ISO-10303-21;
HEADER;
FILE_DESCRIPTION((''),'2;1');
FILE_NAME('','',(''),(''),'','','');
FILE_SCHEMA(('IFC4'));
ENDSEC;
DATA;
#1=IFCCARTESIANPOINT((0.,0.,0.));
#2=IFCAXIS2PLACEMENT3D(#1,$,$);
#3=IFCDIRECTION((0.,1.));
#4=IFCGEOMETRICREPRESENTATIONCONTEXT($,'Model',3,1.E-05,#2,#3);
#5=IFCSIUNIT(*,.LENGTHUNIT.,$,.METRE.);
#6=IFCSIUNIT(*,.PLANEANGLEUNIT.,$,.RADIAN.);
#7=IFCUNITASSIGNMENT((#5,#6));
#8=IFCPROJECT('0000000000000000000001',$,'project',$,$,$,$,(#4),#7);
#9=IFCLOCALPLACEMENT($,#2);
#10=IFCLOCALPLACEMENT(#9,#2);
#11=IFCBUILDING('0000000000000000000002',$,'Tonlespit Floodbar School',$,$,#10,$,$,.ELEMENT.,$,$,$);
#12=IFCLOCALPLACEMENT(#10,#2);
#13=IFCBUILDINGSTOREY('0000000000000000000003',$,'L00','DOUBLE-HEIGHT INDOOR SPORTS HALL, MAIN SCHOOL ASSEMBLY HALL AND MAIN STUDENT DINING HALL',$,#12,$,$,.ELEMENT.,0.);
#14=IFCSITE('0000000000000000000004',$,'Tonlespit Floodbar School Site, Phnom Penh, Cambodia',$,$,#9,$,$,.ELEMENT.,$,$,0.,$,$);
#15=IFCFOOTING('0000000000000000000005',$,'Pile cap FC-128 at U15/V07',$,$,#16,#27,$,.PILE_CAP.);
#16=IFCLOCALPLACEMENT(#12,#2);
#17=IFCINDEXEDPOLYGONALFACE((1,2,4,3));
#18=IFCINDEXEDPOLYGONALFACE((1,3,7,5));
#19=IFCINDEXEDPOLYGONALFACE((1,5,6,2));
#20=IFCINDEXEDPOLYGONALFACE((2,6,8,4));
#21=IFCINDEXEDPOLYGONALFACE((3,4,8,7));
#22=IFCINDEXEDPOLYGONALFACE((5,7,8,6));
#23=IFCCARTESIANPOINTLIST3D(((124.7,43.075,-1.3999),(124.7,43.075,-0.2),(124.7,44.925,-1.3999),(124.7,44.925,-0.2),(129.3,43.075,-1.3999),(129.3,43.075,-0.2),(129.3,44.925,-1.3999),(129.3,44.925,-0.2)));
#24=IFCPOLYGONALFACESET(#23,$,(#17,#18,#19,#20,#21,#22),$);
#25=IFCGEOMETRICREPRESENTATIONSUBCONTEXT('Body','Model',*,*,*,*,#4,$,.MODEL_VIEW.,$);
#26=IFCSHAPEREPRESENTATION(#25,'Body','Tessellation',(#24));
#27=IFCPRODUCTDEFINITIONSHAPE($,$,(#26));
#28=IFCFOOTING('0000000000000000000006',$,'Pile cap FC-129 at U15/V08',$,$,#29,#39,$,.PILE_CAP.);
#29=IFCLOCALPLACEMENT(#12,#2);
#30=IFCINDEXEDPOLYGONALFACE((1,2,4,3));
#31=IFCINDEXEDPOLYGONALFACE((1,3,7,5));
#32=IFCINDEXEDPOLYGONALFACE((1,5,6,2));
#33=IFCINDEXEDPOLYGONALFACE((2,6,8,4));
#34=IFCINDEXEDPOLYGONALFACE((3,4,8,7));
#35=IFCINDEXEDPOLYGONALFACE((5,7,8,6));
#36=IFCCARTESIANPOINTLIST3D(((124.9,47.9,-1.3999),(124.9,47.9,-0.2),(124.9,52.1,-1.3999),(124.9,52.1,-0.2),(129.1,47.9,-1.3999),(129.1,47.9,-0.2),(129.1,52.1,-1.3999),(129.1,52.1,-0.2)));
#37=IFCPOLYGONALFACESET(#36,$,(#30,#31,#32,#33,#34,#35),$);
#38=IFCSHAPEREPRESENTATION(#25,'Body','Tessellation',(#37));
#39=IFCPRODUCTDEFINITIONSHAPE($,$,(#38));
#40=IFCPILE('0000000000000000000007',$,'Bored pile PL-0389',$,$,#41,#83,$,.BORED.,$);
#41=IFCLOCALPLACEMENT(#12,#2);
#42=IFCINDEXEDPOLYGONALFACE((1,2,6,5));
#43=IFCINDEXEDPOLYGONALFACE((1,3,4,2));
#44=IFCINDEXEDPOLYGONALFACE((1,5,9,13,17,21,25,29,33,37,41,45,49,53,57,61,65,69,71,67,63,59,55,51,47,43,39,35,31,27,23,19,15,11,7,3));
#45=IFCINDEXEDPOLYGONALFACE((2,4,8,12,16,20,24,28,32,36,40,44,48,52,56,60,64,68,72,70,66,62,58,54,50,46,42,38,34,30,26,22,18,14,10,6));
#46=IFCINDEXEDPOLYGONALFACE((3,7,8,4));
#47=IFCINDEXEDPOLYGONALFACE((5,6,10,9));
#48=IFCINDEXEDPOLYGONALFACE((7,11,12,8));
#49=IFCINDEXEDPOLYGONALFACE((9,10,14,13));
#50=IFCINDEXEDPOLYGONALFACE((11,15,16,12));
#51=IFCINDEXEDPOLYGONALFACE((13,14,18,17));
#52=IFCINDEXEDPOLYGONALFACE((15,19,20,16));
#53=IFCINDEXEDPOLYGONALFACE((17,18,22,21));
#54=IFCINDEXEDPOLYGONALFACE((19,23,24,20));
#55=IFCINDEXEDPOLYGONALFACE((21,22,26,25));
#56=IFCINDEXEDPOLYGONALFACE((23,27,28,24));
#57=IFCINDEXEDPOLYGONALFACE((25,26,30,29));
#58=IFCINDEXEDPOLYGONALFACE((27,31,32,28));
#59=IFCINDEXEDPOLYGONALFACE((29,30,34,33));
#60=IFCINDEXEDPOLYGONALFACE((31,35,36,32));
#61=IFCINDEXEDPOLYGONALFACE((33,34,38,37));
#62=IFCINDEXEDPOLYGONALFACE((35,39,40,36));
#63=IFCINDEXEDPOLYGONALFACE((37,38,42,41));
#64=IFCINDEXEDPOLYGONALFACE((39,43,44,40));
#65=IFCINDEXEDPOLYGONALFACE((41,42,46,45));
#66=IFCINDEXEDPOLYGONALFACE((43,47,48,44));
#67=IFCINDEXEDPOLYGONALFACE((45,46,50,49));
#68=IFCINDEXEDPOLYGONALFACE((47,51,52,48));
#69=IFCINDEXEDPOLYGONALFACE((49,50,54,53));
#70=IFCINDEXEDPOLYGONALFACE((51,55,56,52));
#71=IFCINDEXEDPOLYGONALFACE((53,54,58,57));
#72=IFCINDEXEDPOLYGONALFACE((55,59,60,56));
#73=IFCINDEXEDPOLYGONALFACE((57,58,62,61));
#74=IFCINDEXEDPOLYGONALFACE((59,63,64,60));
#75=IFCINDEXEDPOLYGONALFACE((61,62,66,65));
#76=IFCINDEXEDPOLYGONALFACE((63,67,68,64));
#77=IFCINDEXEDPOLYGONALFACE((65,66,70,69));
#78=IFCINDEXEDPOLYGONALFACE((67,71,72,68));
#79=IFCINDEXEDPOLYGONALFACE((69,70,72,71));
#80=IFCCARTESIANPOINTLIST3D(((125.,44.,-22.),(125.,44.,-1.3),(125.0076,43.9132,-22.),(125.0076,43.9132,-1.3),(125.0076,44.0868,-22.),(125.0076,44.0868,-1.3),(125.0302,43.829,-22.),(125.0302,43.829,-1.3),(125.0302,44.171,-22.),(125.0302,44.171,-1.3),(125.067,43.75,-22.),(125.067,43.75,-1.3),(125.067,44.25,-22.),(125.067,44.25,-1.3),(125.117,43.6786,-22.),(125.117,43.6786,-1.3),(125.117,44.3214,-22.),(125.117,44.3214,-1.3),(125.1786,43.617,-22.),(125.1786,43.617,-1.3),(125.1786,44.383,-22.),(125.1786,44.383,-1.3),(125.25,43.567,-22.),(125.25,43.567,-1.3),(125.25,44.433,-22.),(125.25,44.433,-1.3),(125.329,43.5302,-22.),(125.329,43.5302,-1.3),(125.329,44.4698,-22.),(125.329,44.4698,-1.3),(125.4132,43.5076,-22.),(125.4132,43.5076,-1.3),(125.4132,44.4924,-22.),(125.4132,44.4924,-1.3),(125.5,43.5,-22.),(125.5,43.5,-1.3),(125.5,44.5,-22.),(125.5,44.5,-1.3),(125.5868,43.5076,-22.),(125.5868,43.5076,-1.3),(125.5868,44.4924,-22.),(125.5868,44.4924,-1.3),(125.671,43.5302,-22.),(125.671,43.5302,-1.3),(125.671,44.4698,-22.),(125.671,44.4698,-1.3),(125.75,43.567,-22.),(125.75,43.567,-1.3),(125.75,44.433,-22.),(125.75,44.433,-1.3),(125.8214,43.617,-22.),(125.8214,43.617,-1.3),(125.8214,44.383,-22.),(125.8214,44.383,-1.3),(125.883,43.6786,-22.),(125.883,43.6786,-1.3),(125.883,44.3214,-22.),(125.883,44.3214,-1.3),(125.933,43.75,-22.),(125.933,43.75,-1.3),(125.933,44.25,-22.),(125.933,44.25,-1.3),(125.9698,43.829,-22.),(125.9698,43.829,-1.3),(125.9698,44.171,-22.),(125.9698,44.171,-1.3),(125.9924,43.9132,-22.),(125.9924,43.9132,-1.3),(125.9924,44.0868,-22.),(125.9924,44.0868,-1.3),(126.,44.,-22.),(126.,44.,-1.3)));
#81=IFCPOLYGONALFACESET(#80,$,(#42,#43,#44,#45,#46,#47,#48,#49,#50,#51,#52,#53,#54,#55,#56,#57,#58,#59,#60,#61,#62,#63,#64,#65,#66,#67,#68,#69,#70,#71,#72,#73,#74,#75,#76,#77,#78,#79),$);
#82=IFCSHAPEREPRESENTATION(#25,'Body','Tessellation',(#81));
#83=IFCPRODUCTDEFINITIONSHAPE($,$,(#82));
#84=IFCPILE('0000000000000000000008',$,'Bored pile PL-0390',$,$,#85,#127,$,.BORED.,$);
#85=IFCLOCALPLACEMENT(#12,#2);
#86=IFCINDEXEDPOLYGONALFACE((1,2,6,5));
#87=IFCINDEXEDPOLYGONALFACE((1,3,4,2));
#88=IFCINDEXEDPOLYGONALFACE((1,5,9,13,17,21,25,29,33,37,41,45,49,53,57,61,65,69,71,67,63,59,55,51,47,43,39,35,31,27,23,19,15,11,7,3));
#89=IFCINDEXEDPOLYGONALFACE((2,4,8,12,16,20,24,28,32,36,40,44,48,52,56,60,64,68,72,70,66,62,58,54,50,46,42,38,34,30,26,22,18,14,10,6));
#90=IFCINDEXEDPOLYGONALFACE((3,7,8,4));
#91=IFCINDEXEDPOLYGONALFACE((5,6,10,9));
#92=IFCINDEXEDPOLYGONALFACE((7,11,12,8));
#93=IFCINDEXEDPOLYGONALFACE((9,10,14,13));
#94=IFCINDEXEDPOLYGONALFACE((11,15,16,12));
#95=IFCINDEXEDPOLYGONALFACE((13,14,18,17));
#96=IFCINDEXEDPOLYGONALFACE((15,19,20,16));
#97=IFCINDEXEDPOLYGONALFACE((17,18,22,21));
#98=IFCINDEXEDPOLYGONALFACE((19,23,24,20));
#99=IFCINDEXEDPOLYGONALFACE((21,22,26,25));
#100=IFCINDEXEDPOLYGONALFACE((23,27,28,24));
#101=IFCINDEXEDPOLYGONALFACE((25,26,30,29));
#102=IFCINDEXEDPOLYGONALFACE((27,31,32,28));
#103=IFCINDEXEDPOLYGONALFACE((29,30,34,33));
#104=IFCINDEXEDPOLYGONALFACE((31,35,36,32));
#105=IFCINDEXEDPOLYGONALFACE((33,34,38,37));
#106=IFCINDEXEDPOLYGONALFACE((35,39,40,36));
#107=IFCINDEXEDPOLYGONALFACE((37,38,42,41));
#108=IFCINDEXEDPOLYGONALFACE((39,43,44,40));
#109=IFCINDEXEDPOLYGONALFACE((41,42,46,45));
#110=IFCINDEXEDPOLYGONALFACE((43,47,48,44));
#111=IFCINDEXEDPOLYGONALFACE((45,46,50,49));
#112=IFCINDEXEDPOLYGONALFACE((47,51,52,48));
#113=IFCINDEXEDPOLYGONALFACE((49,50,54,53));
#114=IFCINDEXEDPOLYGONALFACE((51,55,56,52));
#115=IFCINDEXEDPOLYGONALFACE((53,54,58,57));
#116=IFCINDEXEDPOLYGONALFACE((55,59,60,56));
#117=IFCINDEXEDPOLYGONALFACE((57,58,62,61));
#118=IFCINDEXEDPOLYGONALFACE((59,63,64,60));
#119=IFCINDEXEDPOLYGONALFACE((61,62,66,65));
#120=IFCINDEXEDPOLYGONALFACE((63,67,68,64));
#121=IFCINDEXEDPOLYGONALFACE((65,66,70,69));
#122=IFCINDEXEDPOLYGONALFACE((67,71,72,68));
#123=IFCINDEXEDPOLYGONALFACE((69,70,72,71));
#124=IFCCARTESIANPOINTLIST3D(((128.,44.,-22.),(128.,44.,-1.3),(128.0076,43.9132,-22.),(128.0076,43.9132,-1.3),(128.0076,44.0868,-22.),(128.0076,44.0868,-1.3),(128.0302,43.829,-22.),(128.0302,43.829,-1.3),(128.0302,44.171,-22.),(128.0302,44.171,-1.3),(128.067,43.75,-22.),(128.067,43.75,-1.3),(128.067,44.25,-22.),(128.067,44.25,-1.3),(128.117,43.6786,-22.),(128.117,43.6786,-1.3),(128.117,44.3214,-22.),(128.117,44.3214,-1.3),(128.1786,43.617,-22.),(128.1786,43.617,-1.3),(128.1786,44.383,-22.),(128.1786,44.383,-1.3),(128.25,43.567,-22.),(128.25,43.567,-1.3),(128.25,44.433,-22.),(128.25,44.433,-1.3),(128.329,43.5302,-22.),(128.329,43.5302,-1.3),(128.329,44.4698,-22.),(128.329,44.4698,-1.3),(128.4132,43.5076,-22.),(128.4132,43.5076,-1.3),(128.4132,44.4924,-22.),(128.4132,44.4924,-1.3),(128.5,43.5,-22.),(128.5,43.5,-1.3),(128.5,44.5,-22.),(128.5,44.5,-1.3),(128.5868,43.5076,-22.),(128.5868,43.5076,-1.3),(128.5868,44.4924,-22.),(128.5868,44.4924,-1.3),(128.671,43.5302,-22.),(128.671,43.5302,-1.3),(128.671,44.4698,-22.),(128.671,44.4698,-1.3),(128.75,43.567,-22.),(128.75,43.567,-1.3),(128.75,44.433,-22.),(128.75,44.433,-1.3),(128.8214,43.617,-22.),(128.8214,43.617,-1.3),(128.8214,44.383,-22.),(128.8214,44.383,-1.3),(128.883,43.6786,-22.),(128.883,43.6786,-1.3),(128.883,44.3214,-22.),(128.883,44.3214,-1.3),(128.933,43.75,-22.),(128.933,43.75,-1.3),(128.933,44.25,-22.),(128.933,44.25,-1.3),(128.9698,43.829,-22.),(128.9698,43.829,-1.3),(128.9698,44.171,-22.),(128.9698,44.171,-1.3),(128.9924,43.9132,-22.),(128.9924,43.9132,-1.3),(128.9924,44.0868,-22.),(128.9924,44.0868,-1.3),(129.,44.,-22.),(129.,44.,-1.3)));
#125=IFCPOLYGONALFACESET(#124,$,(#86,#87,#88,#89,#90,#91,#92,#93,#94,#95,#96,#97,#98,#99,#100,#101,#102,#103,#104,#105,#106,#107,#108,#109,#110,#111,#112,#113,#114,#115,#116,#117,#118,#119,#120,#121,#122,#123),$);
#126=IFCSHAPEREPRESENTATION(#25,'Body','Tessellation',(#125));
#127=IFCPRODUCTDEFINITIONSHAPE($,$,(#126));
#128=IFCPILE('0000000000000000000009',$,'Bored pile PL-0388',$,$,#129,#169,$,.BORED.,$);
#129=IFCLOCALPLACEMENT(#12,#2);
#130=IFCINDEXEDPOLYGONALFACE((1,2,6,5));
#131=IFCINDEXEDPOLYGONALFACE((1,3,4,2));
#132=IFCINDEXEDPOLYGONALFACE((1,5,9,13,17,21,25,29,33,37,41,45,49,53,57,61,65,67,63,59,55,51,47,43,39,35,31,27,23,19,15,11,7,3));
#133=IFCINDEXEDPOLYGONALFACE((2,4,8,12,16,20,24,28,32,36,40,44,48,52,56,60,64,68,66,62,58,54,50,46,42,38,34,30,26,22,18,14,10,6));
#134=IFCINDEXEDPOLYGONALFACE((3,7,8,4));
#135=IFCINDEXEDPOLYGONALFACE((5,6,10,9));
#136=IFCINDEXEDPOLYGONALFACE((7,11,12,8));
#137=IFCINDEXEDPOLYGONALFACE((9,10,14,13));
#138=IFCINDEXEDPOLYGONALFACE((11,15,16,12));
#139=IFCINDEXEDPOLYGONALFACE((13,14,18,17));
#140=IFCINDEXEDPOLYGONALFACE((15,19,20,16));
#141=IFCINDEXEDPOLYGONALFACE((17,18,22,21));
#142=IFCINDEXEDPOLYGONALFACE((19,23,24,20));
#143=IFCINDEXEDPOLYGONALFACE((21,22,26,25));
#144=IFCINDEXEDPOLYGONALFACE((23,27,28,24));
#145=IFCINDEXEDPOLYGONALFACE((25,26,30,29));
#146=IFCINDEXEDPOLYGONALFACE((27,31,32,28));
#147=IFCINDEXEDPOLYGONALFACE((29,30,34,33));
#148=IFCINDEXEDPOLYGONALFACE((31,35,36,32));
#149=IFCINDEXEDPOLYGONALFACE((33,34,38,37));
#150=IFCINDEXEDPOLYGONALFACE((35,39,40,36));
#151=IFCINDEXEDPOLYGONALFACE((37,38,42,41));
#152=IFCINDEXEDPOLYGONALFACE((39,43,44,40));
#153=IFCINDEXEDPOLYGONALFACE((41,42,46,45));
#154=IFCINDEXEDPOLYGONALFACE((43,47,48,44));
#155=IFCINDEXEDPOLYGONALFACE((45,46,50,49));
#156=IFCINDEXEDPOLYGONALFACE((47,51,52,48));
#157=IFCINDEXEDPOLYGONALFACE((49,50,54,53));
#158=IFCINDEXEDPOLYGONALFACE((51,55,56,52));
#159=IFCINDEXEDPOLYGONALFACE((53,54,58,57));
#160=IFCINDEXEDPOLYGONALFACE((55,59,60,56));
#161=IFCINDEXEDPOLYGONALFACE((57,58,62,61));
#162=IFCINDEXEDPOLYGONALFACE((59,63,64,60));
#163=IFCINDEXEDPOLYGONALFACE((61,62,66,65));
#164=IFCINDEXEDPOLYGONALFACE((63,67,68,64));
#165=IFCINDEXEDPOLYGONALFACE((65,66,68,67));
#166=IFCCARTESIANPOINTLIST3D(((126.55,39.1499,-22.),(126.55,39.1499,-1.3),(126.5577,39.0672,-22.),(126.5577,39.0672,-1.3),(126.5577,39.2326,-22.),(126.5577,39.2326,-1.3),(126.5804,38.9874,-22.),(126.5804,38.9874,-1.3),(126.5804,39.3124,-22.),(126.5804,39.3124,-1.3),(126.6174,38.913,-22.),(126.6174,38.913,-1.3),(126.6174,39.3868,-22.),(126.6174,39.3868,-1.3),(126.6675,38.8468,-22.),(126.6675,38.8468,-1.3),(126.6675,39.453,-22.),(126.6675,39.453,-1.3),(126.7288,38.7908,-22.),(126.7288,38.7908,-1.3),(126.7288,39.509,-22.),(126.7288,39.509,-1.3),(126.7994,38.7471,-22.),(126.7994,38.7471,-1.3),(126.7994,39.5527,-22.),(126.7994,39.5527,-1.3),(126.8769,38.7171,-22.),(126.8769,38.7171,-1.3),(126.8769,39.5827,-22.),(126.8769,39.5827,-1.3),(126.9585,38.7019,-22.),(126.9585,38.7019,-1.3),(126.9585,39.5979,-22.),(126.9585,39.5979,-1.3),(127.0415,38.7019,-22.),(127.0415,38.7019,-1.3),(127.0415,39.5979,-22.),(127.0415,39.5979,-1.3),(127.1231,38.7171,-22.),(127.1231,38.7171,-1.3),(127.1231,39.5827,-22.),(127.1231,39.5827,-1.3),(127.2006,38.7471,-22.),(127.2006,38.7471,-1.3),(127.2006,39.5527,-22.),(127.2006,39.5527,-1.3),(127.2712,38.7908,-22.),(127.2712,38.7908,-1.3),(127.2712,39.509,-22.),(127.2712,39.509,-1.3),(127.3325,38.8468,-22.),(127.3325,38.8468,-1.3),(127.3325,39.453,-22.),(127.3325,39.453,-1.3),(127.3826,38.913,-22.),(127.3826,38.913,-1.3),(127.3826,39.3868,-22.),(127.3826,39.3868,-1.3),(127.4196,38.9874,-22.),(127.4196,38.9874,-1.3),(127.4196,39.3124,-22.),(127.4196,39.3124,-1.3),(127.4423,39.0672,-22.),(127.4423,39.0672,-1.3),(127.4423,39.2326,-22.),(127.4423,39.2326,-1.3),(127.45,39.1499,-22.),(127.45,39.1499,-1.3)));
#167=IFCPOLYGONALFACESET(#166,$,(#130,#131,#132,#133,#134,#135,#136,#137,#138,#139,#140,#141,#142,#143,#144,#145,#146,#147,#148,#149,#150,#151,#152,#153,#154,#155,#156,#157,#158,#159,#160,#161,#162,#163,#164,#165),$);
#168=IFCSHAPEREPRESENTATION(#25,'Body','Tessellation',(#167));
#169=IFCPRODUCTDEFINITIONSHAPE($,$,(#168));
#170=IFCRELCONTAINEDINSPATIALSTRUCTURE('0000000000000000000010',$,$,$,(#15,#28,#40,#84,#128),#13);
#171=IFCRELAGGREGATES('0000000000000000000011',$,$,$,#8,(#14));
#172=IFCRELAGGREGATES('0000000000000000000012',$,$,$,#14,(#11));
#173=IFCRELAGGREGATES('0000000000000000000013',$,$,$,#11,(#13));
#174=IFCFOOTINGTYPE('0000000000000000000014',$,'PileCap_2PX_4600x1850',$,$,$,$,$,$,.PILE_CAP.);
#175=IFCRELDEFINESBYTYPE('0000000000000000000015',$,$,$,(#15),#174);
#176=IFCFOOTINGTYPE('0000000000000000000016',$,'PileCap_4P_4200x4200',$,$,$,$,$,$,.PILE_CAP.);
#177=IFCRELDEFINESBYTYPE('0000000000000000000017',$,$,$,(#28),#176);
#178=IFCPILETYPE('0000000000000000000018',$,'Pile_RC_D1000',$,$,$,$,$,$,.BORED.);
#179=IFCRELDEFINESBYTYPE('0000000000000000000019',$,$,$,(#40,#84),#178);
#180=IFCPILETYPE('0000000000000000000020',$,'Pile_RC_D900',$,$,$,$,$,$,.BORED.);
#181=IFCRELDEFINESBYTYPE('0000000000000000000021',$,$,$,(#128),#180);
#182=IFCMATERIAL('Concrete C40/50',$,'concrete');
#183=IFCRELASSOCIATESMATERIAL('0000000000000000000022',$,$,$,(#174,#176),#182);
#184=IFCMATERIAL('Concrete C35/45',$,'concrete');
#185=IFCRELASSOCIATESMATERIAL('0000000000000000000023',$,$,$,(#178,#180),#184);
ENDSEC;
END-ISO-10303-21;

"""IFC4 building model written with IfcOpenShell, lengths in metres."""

from ifc_helpers import new_model, si_unit, direction, frame, origin, origin_2d, place, context, subcontext, project, spatial, rectangle, circle, extrude, material, material_profile, profile_set, type_object, element, save


model = new_model("IFC4")

# Units and contexts
model_context = context("Model", 3, precision=1e-05, world=origin(), true_north=direction((0.0, 1.0)))
body_context = subcontext(model_context, "Body", "Model", "MODEL_VIEW")
ifc_project = project(units=[si_unit("LENGTHUNIT", "METRE"), si_unit("PLANEANGLEUNIT", "RADIAN")], contexts=[model_context])

# Site, building, storey
site_placement = place(None, origin())
site = spatial("IfcSite", under=ifc_project, at=site_placement, Name="Tonlespit Floodbar School Site, Phnom Penh, Cambodia", CompositionType="ELEMENT", RefElevation=0.0)
building_placement = place(site_placement, origin())
building = spatial("IfcBuilding", under=site, at=building_placement, Name="Tonlespit Floodbar School", CompositionType="ELEMENT")
storey_placement = place(building_placement, origin())
storey = spatial("IfcBuildingStorey", under=building, at=storey_placement, Name="L00", Description="DOUBLE-HEIGHT INDOOR SPORTS HALL, MAIN SCHOOL ASSEMBLY HALL AND MAIN STUDENT DINING HALL", CompositionType="ELEMENT", Elevation=0.0)

# Footings
ifc_material_1 = material(Name="Concrete C40/50", Category="concrete")
footing_type_1 = type_object("IfcFootingType", Name="PileCap_2PX_4600x1850", PredefinedType="PILE_CAP", material=ifc_material_1)
footing_1_placement = place(storey_placement, frame((127.0, 44.0, -1.3999), z_axis=(0.0, 0.0, 1.0), x_axis=(1.0, 0.0, 0.0)))
element("IfcFooting", 1, at=footing_1_placement, inside=storey, type_object=footing_type_1, Name="Pile cap FC-128 at U15/V07", PredefinedType="PILE_CAP", context=body_context, shape_type="SweptSolid", body=[
    extrude(rectangle(XDim=4.6001, YDim=1.8501, at=origin_2d()), origin(), (0.0, 0.0, 1.0), 1.2),
])
footing_type_2 = type_object("IfcFootingType", Name="PileCap_4P_4200x4200", PredefinedType="PILE_CAP", material=ifc_material_1)
footing_2_placement = place(storey_placement, frame((127.0, 50.0, -1.3999), z_axis=(0.0, 0.0, 1.0), x_axis=(1.0, 0.0, 0.0)))
element("IfcFooting", 2, at=footing_2_placement, inside=storey, type_object=footing_type_2, Name="Pile cap FC-129 at U15/V08", PredefinedType="PILE_CAP", context=body_context, shape_type="SweptSolid", body=[
    extrude(rectangle(XDim=4.2, YDim=4.2, at=origin_2d()), origin(), (0.0, 0.0, 1.0), 1.2),
])

# Piles
ifc_material_2 = material(Name="Concrete C35/45", Category="concrete")
ifc_material_profile_1 = material_profile(ifc_material_2, circle(Radius=0.5, at=origin_2d()), Name="BP D1000")
ifc_profile_set_1 = profile_set([ifc_material_profile_1], Name="Concrete C35/45")
pile_type_1 = type_object("IfcPileType", Name="Pile_RC_D1000", PredefinedType="BORED", material=ifc_profile_set_1)
for number, where, z_axis, x_axis, name in (
    (3, (125.5, 44.0, -1.3), (0.0, 0.0, -1.0), (1.0, 0.0, 0.0), "Bored pile PL-0389"),
    (4, (128.5, 44.0, -1.3), (0.0, 0.0, -1.0), (1.0, 0.0, 0.0), "Bored pile PL-0390"),
):
    element("IfcPile", number, at=place(storey_placement, frame(where, z_axis=z_axis, x_axis=x_axis)), inside=storey, type_object=pile_type_1, Name=name, PredefinedType="BORED", context=body_context, shape_type="SweptSolid", body=[
        extrude(circle(Radius=0.5, at=origin_2d()), origin(), (0.0, 0.0, 1.0), 20.7),
    ])
ifc_material_profile_2 = material_profile(ifc_material_2, circle(Radius=0.45, at=origin_2d()), Name="BP D900")
ifc_profile_set_2 = profile_set([ifc_material_profile_2], Name="Concrete C35/45")
pile_type_2 = type_object("IfcPileType", Name="Pile_RC_D900", PredefinedType="BORED", material=ifc_profile_set_2)
for number, where, z_axis, x_axis, name in (
    (5, (127.0, 39.1499, -1.3), (0.0, 0.0, -1.0), (1.0, 0.0, 0.0), "Bored pile PL-0388"),
):
    element("IfcPile", number, at=place(storey_placement, frame(where, z_axis=z_axis, x_axis=x_axis)), inside=storey, type_object=pile_type_2, Name=name, PredefinedType="BORED", context=body_context, shape_type="SweptSolid", body=[
        extrude(circle(Radius=0.45, at=origin_2d()), origin(), (0.0, 0.0, 1.0), 20.7),
    ])

save(model, "model.ifc")
